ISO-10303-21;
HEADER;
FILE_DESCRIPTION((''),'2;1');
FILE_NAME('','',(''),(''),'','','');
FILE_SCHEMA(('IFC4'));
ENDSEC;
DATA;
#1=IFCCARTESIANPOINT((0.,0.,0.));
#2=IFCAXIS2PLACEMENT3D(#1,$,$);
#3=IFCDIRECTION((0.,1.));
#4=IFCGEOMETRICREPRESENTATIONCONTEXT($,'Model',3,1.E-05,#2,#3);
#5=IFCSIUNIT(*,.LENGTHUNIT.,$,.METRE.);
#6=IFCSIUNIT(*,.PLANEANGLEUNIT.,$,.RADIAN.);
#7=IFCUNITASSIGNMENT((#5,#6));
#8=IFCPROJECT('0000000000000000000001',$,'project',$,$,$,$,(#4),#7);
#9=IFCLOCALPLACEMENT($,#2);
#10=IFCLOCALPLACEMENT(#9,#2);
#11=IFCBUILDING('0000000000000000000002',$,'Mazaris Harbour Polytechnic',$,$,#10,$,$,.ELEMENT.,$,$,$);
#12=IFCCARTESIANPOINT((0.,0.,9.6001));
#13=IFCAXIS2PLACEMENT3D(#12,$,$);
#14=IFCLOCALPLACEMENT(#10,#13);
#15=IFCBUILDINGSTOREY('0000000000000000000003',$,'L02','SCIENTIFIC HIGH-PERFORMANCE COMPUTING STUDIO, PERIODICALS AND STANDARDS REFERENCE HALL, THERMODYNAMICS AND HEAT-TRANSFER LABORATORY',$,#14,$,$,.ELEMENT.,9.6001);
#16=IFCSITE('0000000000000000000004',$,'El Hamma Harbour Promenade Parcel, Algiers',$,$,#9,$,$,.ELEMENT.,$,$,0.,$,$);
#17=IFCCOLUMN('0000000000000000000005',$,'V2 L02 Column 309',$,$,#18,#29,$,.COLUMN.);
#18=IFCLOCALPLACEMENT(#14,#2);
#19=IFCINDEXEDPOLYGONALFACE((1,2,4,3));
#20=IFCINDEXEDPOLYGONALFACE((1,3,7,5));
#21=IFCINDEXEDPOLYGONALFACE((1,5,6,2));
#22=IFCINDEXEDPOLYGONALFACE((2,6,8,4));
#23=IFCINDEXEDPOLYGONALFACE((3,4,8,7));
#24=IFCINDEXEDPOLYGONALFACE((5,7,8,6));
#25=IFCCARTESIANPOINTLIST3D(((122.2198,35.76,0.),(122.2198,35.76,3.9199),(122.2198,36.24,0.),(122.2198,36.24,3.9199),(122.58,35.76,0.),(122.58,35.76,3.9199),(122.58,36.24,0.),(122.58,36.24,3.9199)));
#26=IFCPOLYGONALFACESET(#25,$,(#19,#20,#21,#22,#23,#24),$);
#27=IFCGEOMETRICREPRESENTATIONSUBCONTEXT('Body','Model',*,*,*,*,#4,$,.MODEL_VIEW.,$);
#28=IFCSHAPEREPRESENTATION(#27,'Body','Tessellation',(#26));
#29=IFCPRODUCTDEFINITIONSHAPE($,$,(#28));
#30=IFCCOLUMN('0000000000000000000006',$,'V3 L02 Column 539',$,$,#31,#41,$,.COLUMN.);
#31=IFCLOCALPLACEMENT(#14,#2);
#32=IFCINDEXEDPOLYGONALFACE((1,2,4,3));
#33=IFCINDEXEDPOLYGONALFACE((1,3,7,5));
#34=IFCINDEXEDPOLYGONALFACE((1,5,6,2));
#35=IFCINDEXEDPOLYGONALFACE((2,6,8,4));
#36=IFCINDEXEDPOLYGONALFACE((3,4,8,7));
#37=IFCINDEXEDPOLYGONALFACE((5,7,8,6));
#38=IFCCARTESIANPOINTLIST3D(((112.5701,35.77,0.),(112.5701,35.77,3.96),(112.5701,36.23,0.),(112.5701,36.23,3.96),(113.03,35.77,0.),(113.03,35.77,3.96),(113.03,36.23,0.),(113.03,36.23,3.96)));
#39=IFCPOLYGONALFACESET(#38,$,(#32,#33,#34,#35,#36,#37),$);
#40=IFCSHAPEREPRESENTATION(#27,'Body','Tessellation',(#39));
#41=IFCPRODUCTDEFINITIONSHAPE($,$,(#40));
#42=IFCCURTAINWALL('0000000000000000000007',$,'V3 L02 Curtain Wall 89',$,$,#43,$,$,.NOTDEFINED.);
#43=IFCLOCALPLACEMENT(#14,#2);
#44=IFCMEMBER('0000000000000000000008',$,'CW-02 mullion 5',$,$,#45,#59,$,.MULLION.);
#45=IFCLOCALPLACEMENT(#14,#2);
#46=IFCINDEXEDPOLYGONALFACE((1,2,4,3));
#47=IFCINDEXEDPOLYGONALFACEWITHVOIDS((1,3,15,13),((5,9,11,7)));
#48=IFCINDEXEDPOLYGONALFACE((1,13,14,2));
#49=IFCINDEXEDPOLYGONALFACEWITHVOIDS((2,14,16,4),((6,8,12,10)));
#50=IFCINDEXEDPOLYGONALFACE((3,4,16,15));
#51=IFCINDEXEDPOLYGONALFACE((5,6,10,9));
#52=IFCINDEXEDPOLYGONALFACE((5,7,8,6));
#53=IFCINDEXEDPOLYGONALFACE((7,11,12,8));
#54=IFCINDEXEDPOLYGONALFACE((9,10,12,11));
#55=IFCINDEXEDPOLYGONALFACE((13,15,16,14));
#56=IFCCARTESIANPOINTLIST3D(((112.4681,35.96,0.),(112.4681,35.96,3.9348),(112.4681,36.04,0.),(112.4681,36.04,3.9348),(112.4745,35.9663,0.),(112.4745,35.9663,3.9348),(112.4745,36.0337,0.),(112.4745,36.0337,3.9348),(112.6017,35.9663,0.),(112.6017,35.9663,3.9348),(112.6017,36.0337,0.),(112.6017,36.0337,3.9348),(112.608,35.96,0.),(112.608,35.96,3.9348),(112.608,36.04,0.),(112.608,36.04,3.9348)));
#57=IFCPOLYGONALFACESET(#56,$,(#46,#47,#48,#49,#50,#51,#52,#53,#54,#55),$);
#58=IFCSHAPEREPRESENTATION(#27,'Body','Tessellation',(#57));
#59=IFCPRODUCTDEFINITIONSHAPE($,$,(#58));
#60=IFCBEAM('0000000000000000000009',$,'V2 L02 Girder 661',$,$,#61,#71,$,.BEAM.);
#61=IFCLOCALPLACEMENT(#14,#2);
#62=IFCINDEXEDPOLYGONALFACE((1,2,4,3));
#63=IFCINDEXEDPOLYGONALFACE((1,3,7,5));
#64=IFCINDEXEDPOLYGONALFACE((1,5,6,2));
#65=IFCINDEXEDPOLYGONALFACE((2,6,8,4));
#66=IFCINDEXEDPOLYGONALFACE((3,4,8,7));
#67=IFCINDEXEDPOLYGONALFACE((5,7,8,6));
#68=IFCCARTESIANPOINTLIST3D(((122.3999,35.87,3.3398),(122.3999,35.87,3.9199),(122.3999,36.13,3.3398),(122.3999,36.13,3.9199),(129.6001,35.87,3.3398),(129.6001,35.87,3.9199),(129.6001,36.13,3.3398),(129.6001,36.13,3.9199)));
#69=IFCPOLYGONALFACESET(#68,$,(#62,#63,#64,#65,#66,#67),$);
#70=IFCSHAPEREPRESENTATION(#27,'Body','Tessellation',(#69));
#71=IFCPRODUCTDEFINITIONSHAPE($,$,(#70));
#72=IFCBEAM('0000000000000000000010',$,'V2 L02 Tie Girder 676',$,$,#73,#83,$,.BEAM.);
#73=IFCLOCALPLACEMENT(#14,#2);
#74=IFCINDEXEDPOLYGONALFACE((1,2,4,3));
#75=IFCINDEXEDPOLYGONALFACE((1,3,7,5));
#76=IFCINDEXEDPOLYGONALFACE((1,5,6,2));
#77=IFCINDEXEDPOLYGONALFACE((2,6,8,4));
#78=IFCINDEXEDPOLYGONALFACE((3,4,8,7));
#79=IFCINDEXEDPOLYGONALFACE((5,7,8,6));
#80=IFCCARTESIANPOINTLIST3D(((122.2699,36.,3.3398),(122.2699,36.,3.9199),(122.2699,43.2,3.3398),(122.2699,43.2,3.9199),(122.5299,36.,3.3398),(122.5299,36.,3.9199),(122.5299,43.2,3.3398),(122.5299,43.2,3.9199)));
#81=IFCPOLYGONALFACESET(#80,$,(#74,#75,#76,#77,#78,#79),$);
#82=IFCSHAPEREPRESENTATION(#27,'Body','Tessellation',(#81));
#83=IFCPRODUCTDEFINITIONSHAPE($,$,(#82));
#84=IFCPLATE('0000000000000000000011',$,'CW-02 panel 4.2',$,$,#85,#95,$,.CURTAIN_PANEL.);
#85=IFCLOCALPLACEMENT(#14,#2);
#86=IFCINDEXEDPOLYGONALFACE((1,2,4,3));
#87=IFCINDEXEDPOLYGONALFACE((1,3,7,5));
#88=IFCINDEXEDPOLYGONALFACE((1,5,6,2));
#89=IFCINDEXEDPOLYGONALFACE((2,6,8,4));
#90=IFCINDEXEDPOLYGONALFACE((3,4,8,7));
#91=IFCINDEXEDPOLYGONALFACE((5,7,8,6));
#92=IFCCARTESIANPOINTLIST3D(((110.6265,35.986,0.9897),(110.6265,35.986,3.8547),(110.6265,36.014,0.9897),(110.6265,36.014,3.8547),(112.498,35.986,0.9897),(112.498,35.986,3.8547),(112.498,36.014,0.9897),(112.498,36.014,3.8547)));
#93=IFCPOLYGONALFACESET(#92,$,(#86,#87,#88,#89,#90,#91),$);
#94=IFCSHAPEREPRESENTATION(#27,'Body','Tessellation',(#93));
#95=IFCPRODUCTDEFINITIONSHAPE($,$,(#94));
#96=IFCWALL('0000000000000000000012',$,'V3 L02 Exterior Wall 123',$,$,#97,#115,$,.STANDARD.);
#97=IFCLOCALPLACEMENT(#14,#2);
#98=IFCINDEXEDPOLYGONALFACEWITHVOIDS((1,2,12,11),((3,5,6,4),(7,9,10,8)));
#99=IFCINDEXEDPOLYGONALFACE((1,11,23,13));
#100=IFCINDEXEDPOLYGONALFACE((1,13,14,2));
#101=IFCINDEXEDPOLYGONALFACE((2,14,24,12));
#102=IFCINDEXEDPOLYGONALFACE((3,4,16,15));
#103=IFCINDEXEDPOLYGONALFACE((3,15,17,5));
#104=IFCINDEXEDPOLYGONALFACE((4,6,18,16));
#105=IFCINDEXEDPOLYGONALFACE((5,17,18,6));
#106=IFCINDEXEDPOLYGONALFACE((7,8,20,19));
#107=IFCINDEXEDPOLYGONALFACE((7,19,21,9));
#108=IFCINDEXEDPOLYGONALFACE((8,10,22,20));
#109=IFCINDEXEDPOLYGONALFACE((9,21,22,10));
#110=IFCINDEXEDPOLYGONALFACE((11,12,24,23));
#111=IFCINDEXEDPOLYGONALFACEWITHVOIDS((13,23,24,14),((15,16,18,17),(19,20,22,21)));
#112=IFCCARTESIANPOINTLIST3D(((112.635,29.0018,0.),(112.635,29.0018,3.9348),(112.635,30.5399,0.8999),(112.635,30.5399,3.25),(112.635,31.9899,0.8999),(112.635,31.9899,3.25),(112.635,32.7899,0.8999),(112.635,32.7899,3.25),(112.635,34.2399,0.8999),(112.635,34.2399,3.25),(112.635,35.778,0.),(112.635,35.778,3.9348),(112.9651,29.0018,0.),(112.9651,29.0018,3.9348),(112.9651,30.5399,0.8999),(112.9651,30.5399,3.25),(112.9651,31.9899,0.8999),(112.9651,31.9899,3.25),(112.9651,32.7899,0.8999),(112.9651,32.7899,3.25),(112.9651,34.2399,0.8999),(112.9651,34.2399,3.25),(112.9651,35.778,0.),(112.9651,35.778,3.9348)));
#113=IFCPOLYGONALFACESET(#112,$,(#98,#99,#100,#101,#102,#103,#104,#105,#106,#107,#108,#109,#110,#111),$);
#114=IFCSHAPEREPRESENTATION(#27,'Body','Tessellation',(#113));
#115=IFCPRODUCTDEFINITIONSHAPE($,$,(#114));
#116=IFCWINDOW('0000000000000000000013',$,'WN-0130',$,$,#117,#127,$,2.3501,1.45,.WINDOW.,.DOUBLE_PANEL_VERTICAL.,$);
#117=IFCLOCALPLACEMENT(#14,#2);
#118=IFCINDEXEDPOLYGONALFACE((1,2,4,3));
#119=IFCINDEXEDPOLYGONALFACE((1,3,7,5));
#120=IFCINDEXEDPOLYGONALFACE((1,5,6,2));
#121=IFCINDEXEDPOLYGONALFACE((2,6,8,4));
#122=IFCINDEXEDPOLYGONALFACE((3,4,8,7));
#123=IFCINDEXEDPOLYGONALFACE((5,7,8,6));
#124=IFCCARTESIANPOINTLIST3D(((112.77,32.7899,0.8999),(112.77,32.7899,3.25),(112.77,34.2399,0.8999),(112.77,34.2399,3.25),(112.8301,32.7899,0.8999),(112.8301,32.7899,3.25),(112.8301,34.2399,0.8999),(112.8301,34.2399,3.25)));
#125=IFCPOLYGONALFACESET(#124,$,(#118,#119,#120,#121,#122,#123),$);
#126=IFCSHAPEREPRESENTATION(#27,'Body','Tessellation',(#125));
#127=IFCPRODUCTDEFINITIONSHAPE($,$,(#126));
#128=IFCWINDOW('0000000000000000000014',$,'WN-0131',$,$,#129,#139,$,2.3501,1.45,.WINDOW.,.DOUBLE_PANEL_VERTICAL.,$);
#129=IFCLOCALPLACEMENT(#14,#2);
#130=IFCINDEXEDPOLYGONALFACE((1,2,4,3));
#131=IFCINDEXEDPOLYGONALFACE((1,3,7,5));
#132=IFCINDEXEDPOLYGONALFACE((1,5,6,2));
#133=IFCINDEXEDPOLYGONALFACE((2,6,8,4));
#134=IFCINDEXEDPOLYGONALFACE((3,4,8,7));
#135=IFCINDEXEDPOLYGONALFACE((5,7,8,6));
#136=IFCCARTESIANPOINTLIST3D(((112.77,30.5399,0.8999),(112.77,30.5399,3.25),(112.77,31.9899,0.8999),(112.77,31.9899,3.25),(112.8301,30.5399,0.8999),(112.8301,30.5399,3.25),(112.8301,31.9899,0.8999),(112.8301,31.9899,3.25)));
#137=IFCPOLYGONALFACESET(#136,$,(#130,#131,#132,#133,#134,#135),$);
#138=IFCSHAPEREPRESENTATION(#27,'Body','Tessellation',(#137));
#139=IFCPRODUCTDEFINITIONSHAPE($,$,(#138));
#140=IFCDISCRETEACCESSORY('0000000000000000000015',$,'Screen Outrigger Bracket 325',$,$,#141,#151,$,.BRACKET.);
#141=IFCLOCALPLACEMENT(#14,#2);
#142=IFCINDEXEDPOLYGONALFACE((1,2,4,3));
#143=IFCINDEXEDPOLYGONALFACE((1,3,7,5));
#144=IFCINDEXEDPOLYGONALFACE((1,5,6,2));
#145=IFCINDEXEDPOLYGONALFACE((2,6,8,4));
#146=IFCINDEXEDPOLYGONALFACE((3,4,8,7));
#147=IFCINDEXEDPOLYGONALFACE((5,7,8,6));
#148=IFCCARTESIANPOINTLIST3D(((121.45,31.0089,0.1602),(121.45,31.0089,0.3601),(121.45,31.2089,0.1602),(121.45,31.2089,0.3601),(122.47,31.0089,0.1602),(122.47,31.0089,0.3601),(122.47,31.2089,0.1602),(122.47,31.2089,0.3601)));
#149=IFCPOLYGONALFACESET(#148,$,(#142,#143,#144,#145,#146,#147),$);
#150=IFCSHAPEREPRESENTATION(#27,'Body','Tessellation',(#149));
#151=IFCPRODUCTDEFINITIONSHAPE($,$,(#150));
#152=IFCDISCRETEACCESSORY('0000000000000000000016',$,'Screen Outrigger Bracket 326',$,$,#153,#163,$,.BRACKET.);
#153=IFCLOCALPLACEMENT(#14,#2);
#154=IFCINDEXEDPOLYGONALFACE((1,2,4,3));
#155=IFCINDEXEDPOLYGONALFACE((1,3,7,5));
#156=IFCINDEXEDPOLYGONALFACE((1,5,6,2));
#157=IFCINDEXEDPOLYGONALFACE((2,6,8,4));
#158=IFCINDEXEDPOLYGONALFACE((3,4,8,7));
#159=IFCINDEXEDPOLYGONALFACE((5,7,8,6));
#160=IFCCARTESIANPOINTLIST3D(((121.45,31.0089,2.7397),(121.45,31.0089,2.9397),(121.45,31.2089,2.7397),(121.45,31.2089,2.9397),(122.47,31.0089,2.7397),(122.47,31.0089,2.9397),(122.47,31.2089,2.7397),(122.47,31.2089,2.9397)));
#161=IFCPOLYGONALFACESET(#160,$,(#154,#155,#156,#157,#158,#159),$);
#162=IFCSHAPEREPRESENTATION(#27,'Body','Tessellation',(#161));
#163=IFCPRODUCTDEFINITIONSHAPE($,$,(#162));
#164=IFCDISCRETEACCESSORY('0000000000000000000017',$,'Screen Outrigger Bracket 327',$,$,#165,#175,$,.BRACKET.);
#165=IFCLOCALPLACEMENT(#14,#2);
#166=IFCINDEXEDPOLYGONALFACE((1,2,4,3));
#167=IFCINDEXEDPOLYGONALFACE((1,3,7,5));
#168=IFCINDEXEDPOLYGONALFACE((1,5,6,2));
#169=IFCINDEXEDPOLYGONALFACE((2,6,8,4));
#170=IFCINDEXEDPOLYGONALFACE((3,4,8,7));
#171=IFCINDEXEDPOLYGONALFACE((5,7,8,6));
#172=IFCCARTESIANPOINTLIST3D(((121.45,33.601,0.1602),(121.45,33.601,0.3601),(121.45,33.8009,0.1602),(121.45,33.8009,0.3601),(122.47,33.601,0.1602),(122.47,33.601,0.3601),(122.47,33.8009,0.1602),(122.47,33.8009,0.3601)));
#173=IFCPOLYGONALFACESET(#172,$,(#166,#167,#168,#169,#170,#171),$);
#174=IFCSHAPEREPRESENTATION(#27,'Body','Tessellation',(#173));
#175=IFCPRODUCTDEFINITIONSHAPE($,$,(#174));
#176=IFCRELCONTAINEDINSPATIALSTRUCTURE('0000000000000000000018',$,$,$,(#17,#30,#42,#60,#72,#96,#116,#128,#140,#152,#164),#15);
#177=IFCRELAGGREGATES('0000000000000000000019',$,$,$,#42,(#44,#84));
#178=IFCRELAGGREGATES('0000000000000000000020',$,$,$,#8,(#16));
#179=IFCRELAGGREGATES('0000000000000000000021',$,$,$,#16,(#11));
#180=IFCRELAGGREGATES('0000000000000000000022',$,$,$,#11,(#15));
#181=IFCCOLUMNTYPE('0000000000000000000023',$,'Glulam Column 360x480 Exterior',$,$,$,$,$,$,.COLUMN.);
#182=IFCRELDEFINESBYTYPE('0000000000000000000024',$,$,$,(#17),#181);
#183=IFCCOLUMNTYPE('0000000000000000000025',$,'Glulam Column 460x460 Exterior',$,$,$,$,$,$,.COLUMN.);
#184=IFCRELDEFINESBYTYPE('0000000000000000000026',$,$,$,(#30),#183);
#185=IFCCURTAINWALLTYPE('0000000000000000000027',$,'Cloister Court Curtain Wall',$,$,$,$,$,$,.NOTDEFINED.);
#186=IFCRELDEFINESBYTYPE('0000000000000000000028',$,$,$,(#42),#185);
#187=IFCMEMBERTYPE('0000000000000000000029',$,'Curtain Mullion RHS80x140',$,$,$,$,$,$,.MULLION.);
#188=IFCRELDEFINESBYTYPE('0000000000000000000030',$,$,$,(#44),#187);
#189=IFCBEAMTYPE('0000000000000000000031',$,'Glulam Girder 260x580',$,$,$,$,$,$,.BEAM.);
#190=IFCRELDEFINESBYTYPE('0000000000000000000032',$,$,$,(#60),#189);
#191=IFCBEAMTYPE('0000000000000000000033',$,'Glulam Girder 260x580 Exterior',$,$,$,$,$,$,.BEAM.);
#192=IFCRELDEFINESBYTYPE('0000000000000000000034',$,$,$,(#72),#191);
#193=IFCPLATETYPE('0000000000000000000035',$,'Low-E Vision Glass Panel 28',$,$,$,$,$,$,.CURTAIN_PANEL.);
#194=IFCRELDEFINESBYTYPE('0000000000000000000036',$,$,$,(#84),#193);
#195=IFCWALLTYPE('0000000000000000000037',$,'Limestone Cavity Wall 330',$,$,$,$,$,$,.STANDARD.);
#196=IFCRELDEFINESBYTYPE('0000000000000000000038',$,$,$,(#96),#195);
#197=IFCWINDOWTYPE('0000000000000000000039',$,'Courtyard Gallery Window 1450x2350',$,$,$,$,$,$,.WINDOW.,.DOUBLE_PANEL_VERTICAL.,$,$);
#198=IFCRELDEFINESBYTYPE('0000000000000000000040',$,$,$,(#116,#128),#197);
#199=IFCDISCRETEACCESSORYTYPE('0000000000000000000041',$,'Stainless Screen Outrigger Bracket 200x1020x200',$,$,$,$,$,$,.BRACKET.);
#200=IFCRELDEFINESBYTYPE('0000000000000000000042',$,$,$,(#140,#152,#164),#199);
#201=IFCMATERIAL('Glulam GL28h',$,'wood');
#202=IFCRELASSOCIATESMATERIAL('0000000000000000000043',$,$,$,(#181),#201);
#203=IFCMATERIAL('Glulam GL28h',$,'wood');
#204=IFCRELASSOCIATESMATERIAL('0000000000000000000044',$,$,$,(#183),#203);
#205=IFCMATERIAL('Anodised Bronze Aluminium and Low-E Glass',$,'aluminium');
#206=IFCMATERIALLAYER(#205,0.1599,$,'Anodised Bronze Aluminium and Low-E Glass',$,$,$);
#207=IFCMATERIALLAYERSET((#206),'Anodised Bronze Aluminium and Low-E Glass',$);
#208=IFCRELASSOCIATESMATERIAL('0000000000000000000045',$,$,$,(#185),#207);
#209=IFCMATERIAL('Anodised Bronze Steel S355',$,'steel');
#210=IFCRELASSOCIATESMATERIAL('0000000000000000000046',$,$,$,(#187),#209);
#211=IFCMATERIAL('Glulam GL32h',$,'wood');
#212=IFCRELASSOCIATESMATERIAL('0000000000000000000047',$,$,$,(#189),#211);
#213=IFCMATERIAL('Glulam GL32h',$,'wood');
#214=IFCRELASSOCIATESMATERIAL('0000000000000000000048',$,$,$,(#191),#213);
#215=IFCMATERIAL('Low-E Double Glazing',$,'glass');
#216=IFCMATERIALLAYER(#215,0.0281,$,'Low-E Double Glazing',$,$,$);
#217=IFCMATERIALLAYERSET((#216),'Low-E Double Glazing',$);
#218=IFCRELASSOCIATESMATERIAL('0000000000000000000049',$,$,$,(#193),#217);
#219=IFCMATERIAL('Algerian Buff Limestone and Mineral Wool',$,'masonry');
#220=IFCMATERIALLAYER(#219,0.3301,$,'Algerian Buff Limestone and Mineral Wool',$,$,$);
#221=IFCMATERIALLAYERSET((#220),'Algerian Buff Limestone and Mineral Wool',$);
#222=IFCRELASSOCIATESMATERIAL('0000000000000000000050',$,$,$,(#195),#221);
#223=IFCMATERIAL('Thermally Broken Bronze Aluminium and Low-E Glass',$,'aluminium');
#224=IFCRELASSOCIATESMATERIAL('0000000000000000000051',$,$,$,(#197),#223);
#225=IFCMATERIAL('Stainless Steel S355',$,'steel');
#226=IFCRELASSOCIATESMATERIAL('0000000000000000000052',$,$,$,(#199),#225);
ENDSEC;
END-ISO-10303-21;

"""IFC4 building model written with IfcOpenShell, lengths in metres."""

from ifc_helpers import new_model, si_unit, direction, frame, frame_2d, origin, origin_2d, place, context, subcontext, project, spatial, rectangle, hollow_rectangle, extrude, material, layer, layer_set, material_profile, profile_set, type_object, element, fill, aggregate, save


model = new_model("IFC4")

# Units and contexts
model_context = context("Model", 3, precision=1e-05, world=origin(), true_north=direction((0.0, 1.0)))
body_context = subcontext(model_context, "Body", "Model", "MODEL_VIEW")
ifc_project = project(units=[si_unit("LENGTHUNIT", "METRE"), si_unit("PLANEANGLEUNIT", "RADIAN")], contexts=[model_context])

# Site, building, storey
site_placement = place(None, origin())
site = spatial("IfcSite", under=ifc_project, at=site_placement, Name="El Hamma Harbour Promenade Parcel, Algiers", CompositionType="ELEMENT", RefElevation=0.0)
building_placement = place(site_placement, origin())
building = spatial("IfcBuilding", under=site, at=building_placement, Name="Mazaris Harbour Polytechnic", CompositionType="ELEMENT")
storey_placement = place(building_placement, frame((0.0, 0.0, 9.6001)))
storey = spatial("IfcBuildingStorey", under=building, at=storey_placement, Name="L02", Description="SCIENTIFIC HIGH-PERFORMANCE COMPUTING STUDIO, PERIODICALS AND STANDARDS REFERENCE HALL, THERMODYNAMICS AND HEAT-TRANSFER LABORATORY", CompositionType="ELEMENT", Elevation=9.6001)

# Columns
ifc_material_1 = material(Name="Glulam GL28h", Category="wood")
ifc_material_profile_1 = material_profile(ifc_material_1, rectangle(XDim=0.3601, YDim=0.48, at=origin_2d()), Name="RECT360x480")
ifc_profile_set_1 = profile_set([ifc_material_profile_1], Name="Glulam GL28h")
column_type_1 = type_object("IfcColumnType", Name="Glulam Column 360x480 Exterior", PredefinedType="COLUMN", material=ifc_profile_set_1)
column_1_placement = place(storey_placement, frame((122.3999, 36.0, 0.0), z_axis=(0.0, 0.0, 1.0), x_axis=(1.0, 0.0, 0.0)))
element("IfcColumn", 1, at=column_1_placement, inside=storey, type_object=column_type_1, Name="V2 L02 Column 309", PredefinedType="COLUMN", context=body_context, shape_type="SweptSolid", body=[
    extrude(rectangle(XDim=0.3601, YDim=0.48, at=origin_2d()), origin(), (0.0, 0.0, 1.0), 3.9199),
])
ifc_material_2 = material(Name="Glulam GL28h", Category="wood")
ifc_material_profile_2 = material_profile(ifc_material_2, rectangle(XDim=0.46, YDim=0.46, at=origin_2d()), Name="RECT460x460")
ifc_profile_set_2 = profile_set([ifc_material_profile_2], Name="Glulam GL28h")
column_type_2 = type_object("IfcColumnType", Name="Glulam Column 460x460 Exterior", PredefinedType="COLUMN", material=ifc_profile_set_2)
column_2_placement = place(storey_placement, frame((112.8, 36.0, 0.0), z_axis=(0.0, 0.0, 1.0), x_axis=(1.0, 0.0, 0.0)))
element("IfcColumn", 2, at=column_2_placement, inside=storey, type_object=column_type_2, Name="V3 L02 Column 539", PredefinedType="COLUMN", context=body_context, shape_type="SweptSolid", body=[
    extrude(rectangle(XDim=0.46, YDim=0.46, at=origin_2d()), origin(), (0.0, 0.0, 1.0), 3.96),
])

# Curtain wall, member
ifc_material_3 = material(Name="Anodised Bronze Aluminium and Low-E Glass", Category="aluminium")
ifc_layer_1 = layer(ifc_material_3, 0.1599, Name="Anodised Bronze Aluminium and Low-E Glass")
ifc_layer_set_1 = layer_set([ifc_layer_1], Name="Anodised Bronze Aluminium and Low-E Glass")
curtain_wall_type = type_object("IfcCurtainWallType", Name="Cloister Court Curtain Wall", PredefinedType="NOTDEFINED", material=ifc_layer_set_1)
curtain_wall_placement = place(storey_placement, origin())
curtain_wall = element("IfcCurtainWall", 3, at=curtain_wall_placement, inside=storey, type_object=curtain_wall_type, Name="V3 L02 Curtain Wall 89", PredefinedType="NOTDEFINED")
ifc_material_4 = material(Name="Anodised Bronze Steel S355", Category="steel")
ifc_material_profile_3 = material_profile(ifc_material_4, hollow_rectangle(XDim=0.0801, YDim=0.1399, WallThickness=0.0063, at=origin_2d()), Name="RHS 80x140x6.3")
ifc_profile_set_3 = profile_set([ifc_material_profile_3], Name="Anodised Bronze Steel S355")
member_type = type_object("IfcMemberType", Name="Curtain Mullion RHS80x140", PredefinedType="MULLION", material=ifc_profile_set_3)
member_placement = place(storey_placement, frame((112.5381, 36.0, 0.0), z_axis=(0.0, 0.0, 1.0), x_axis=(0.0, 1.0, 0.0)))
member = element("IfcMember", 4, at=member_placement, type_object=member_type, Name="CW-02 mullion 5", PredefinedType="MULLION", context=body_context, shape_type="SweptSolid", body=[
    extrude(hollow_rectangle(XDim=0.0801, YDim=0.1399, WallThickness=0.0063, at=origin_2d()), origin(), (0.0, 0.0, 1.0), 3.9348),
])

# Beams
ifc_material_5 = material(Name="Glulam GL32h", Category="wood")
ifc_material_profile_4 = material_profile(ifc_material_5, rectangle(XDim=0.26, YDim=0.5801, at=origin_2d()), Name="RECT260x580")
ifc_profile_set_4 = profile_set([ifc_material_profile_4], Name="Glulam GL32h")
beam_type_1 = type_object("IfcBeamType", Name="Glulam Girder 260x580", PredefinedType="BEAM", material=ifc_profile_set_4)
beam_1_placement = place(storey_placement, frame((122.3999, 36.0, 3.6299), z_axis=(1.0, 0.0, 0.0), x_axis=(0.0, 1.0, 0.0)))
element("IfcBeam", 5, at=beam_1_placement, inside=storey, type_object=beam_type_1, Name="V2 L02 Girder 661", PredefinedType="BEAM", context=body_context, shape_type="SweptSolid", body=[
    extrude(rectangle(XDim=0.26, YDim=0.5801, at=origin_2d()), origin(), (0.0, 0.0, 1.0), 7.2002),
])
ifc_material_6 = material(Name="Glulam GL32h", Category="wood")
ifc_material_profile_5 = material_profile(ifc_material_6, rectangle(XDim=0.26, YDim=0.5801, at=origin_2d()), Name="RECT260x580")
ifc_profile_set_5 = profile_set([ifc_material_profile_5], Name="Glulam GL32h")
beam_type_2 = type_object("IfcBeamType", Name="Glulam Girder 260x580 Exterior", PredefinedType="BEAM", material=ifc_profile_set_5)
beam_2_placement = place(storey_placement, frame((122.3999, 36.0, 3.6299), z_axis=(0.0, 1.0, 0.0), x_axis=(-1.0, 0.0, 0.0)))
element("IfcBeam", 6, at=beam_2_placement, inside=storey, type_object=beam_type_2, Name="V2 L02 Tie Girder 676", PredefinedType="BEAM", context=body_context, shape_type="SweptSolid", body=[
    extrude(rectangle(XDim=0.26, YDim=0.5801, at=origin_2d()), origin(), (0.0, 0.0, 1.0), 7.2),
])

# Plate
ifc_material_7 = material(Name="Low-E Double Glazing", Category="glass")
ifc_layer_2 = layer(ifc_material_7, 0.0281, Name="Low-E Double Glazing")
ifc_layer_set_2 = layer_set([ifc_layer_2], Name="Low-E Double Glazing")
plate_type = type_object("IfcPlateType", Name="Low-E Vision Glass Panel 28", PredefinedType="CURTAIN_PANEL", material=ifc_layer_set_2)
plate_placement = place(storey_placement, frame((111.5623, 36.0, 0.9897), z_axis=(0.0, 0.0, 1.0), x_axis=(1.0, 0.0, 0.0)))
plate = element("IfcPlate", 7, at=plate_placement, type_object=plate_type, Name="CW-02 panel 4.2", PredefinedType="CURTAIN_PANEL", context=body_context, shape_type="SweptSolid", body=[
    extrude(rectangle(XDim=1.8716, YDim=0.0281, at=origin_2d()), origin(), (0.0, 0.0, 1.0), 2.865),
])
aggregate(curtain_wall, [member, plate])

# Wall, openings, windows
ifc_material_8 = material(Name="Algerian Buff Limestone and Mineral Wool", Category="masonry")
ifc_layer_3 = layer(ifc_material_8, 0.3301, Name="Algerian Buff Limestone and Mineral Wool")
ifc_layer_set_3 = layer_set([ifc_layer_3], Name="Algerian Buff Limestone and Mineral Wool")
wall_type = type_object("IfcWallType", Name="Limestone Cavity Wall 330", PredefinedType="STANDARD", material=ifc_layer_set_3)
wall_placement = place(storey_placement, frame((112.8, 35.7781, 0.0), z_axis=(0.0, 0.0, 1.0), x_axis=(0.0, -1.0, 0.0)))
wall = element("IfcWall", 8, at=wall_placement, inside=storey, type_object=wall_type, Name="V3 L02 Exterior Wall 123", PredefinedType="STANDARD", context=body_context, shape_type="SweptSolid", body=[
    extrude(rectangle(XDim=6.7761, YDim=0.3301, at=frame_2d((3.3882, 0.0))), origin(), (0.0, 0.0, 1.0), 3.9348),
])
opening_1_placement = place(wall_placement, frame((1.5381, 0.0, 0.8999)))
opening_1 = element("IfcOpeningElement", 9, at=opening_1_placement, cuts=wall, PredefinedType="OPENING", context=body_context, shape_type="SweptSolid", body=[
    extrude(rectangle(XDim=1.45, YDim=2.3501, at=frame_2d((0.7251, 1.175))), frame((0.0, 0.175, 0.0), z_axis=(0.0, -1.0, 0.0), x_axis=(1.0, 0.0, 0.0)), (0.0, 0.0, 1.0), 0.3501),
])
opening_2_placement = place(wall_placement, frame((3.7881, 0.0, 0.8999)))
opening_2 = element("IfcOpeningElement", 10, at=opening_2_placement, cuts=wall, PredefinedType="OPENING", context=body_context, shape_type="SweptSolid", body=[
    extrude(rectangle(XDim=1.45, YDim=2.3501, at=frame_2d((0.7251, 1.175))), frame((0.0, 0.175, 0.0), z_axis=(0.0, -1.0, 0.0), x_axis=(1.0, 0.0, 0.0)), (0.0, 0.0, 1.0), 0.3501),
])
ifc_material_9 = material(Name="Thermally Broken Bronze Aluminium and Low-E Glass", Category="aluminium")
window_type = type_object("IfcWindowType", Name="Courtyard Gallery Window 1450x2350", PartitioningType="DOUBLE_PANEL_VERTICAL", PredefinedType="WINDOW", material=ifc_material_9)
window_1_placement = place(opening_1_placement, origin())
window_1 = element("IfcWindow", 11, at=window_1_placement, inside=storey, type_object=window_type, Name="WN-0130", OverallHeight=2.3501, OverallWidth=1.45, PartitioningType="DOUBLE_PANEL_VERTICAL", PredefinedType="WINDOW", context=body_context, shape_type="SweptSolid", body=[
    extrude(rectangle(XDim=1.45, YDim=2.3501, at=frame_2d((0.7251, 1.175))), frame((0.0, 0.03, 0.0), z_axis=(0.0, -1.0, 0.0), x_axis=(1.0, 0.0, 0.0)), (0.0, 0.0, 1.0), 0.0601),
])
fill(opening_1, window_1)
window_2_placement = place(opening_2_placement, origin())
window_2 = element("IfcWindow", 12, at=window_2_placement, inside=storey, type_object=window_type, Name="WN-0131", OverallHeight=2.3501, OverallWidth=1.45, PartitioningType="DOUBLE_PANEL_VERTICAL", PredefinedType="WINDOW", context=body_context, shape_type="SweptSolid", body=[
    extrude(rectangle(XDim=1.45, YDim=2.3501, at=frame_2d((0.7251, 1.175))), frame((0.0, 0.03, 0.0), z_axis=(0.0, -1.0, 0.0), x_axis=(1.0, 0.0, 0.0)), (0.0, 0.0, 1.0), 0.0601),
])
fill(opening_2, window_2)

# Discrete accessories
ifc_material_10 = material(Name="Stainless Steel S355", Category="steel")
discrete_accessory_type = type_object("IfcDiscreteAccessoryType", Name="Stainless Screen Outrigger Bracket 200x1020x200", PredefinedType="BRACKET", material=ifc_material_10)
for number, where, z_axis, x_axis, name in (
    (13, (121.96, 31.1089, 0.1602), (0.0, 0.0, 1.0), (0.0, 1.0, 0.0), "Screen Outrigger Bracket 325"),
    (14, (121.96, 31.1089, 2.7397), (0.0, 0.0, 1.0), (0.0, 1.0, 0.0), "Screen Outrigger Bracket 326"),
    (15, (121.96, 33.7009, 0.1602), (0.0, 0.0, 1.0), (0.0, 1.0, 0.0), "Screen Outrigger Bracket 327"),
):
    element("IfcDiscreteAccessory", number, at=place(storey_placement, frame(where, z_axis=z_axis, x_axis=x_axis)), inside=storey, type_object=discrete_accessory_type, Name=name, PredefinedType="BRACKET", context=body_context, shape_type="SweptSolid", body=[
        extrude(rectangle(XDim=0.2, YDim=1.02, at=origin_2d()), origin(), (0.0, 0.0, 1.0), 0.2),
    ])

save(model, "model.ifc")
